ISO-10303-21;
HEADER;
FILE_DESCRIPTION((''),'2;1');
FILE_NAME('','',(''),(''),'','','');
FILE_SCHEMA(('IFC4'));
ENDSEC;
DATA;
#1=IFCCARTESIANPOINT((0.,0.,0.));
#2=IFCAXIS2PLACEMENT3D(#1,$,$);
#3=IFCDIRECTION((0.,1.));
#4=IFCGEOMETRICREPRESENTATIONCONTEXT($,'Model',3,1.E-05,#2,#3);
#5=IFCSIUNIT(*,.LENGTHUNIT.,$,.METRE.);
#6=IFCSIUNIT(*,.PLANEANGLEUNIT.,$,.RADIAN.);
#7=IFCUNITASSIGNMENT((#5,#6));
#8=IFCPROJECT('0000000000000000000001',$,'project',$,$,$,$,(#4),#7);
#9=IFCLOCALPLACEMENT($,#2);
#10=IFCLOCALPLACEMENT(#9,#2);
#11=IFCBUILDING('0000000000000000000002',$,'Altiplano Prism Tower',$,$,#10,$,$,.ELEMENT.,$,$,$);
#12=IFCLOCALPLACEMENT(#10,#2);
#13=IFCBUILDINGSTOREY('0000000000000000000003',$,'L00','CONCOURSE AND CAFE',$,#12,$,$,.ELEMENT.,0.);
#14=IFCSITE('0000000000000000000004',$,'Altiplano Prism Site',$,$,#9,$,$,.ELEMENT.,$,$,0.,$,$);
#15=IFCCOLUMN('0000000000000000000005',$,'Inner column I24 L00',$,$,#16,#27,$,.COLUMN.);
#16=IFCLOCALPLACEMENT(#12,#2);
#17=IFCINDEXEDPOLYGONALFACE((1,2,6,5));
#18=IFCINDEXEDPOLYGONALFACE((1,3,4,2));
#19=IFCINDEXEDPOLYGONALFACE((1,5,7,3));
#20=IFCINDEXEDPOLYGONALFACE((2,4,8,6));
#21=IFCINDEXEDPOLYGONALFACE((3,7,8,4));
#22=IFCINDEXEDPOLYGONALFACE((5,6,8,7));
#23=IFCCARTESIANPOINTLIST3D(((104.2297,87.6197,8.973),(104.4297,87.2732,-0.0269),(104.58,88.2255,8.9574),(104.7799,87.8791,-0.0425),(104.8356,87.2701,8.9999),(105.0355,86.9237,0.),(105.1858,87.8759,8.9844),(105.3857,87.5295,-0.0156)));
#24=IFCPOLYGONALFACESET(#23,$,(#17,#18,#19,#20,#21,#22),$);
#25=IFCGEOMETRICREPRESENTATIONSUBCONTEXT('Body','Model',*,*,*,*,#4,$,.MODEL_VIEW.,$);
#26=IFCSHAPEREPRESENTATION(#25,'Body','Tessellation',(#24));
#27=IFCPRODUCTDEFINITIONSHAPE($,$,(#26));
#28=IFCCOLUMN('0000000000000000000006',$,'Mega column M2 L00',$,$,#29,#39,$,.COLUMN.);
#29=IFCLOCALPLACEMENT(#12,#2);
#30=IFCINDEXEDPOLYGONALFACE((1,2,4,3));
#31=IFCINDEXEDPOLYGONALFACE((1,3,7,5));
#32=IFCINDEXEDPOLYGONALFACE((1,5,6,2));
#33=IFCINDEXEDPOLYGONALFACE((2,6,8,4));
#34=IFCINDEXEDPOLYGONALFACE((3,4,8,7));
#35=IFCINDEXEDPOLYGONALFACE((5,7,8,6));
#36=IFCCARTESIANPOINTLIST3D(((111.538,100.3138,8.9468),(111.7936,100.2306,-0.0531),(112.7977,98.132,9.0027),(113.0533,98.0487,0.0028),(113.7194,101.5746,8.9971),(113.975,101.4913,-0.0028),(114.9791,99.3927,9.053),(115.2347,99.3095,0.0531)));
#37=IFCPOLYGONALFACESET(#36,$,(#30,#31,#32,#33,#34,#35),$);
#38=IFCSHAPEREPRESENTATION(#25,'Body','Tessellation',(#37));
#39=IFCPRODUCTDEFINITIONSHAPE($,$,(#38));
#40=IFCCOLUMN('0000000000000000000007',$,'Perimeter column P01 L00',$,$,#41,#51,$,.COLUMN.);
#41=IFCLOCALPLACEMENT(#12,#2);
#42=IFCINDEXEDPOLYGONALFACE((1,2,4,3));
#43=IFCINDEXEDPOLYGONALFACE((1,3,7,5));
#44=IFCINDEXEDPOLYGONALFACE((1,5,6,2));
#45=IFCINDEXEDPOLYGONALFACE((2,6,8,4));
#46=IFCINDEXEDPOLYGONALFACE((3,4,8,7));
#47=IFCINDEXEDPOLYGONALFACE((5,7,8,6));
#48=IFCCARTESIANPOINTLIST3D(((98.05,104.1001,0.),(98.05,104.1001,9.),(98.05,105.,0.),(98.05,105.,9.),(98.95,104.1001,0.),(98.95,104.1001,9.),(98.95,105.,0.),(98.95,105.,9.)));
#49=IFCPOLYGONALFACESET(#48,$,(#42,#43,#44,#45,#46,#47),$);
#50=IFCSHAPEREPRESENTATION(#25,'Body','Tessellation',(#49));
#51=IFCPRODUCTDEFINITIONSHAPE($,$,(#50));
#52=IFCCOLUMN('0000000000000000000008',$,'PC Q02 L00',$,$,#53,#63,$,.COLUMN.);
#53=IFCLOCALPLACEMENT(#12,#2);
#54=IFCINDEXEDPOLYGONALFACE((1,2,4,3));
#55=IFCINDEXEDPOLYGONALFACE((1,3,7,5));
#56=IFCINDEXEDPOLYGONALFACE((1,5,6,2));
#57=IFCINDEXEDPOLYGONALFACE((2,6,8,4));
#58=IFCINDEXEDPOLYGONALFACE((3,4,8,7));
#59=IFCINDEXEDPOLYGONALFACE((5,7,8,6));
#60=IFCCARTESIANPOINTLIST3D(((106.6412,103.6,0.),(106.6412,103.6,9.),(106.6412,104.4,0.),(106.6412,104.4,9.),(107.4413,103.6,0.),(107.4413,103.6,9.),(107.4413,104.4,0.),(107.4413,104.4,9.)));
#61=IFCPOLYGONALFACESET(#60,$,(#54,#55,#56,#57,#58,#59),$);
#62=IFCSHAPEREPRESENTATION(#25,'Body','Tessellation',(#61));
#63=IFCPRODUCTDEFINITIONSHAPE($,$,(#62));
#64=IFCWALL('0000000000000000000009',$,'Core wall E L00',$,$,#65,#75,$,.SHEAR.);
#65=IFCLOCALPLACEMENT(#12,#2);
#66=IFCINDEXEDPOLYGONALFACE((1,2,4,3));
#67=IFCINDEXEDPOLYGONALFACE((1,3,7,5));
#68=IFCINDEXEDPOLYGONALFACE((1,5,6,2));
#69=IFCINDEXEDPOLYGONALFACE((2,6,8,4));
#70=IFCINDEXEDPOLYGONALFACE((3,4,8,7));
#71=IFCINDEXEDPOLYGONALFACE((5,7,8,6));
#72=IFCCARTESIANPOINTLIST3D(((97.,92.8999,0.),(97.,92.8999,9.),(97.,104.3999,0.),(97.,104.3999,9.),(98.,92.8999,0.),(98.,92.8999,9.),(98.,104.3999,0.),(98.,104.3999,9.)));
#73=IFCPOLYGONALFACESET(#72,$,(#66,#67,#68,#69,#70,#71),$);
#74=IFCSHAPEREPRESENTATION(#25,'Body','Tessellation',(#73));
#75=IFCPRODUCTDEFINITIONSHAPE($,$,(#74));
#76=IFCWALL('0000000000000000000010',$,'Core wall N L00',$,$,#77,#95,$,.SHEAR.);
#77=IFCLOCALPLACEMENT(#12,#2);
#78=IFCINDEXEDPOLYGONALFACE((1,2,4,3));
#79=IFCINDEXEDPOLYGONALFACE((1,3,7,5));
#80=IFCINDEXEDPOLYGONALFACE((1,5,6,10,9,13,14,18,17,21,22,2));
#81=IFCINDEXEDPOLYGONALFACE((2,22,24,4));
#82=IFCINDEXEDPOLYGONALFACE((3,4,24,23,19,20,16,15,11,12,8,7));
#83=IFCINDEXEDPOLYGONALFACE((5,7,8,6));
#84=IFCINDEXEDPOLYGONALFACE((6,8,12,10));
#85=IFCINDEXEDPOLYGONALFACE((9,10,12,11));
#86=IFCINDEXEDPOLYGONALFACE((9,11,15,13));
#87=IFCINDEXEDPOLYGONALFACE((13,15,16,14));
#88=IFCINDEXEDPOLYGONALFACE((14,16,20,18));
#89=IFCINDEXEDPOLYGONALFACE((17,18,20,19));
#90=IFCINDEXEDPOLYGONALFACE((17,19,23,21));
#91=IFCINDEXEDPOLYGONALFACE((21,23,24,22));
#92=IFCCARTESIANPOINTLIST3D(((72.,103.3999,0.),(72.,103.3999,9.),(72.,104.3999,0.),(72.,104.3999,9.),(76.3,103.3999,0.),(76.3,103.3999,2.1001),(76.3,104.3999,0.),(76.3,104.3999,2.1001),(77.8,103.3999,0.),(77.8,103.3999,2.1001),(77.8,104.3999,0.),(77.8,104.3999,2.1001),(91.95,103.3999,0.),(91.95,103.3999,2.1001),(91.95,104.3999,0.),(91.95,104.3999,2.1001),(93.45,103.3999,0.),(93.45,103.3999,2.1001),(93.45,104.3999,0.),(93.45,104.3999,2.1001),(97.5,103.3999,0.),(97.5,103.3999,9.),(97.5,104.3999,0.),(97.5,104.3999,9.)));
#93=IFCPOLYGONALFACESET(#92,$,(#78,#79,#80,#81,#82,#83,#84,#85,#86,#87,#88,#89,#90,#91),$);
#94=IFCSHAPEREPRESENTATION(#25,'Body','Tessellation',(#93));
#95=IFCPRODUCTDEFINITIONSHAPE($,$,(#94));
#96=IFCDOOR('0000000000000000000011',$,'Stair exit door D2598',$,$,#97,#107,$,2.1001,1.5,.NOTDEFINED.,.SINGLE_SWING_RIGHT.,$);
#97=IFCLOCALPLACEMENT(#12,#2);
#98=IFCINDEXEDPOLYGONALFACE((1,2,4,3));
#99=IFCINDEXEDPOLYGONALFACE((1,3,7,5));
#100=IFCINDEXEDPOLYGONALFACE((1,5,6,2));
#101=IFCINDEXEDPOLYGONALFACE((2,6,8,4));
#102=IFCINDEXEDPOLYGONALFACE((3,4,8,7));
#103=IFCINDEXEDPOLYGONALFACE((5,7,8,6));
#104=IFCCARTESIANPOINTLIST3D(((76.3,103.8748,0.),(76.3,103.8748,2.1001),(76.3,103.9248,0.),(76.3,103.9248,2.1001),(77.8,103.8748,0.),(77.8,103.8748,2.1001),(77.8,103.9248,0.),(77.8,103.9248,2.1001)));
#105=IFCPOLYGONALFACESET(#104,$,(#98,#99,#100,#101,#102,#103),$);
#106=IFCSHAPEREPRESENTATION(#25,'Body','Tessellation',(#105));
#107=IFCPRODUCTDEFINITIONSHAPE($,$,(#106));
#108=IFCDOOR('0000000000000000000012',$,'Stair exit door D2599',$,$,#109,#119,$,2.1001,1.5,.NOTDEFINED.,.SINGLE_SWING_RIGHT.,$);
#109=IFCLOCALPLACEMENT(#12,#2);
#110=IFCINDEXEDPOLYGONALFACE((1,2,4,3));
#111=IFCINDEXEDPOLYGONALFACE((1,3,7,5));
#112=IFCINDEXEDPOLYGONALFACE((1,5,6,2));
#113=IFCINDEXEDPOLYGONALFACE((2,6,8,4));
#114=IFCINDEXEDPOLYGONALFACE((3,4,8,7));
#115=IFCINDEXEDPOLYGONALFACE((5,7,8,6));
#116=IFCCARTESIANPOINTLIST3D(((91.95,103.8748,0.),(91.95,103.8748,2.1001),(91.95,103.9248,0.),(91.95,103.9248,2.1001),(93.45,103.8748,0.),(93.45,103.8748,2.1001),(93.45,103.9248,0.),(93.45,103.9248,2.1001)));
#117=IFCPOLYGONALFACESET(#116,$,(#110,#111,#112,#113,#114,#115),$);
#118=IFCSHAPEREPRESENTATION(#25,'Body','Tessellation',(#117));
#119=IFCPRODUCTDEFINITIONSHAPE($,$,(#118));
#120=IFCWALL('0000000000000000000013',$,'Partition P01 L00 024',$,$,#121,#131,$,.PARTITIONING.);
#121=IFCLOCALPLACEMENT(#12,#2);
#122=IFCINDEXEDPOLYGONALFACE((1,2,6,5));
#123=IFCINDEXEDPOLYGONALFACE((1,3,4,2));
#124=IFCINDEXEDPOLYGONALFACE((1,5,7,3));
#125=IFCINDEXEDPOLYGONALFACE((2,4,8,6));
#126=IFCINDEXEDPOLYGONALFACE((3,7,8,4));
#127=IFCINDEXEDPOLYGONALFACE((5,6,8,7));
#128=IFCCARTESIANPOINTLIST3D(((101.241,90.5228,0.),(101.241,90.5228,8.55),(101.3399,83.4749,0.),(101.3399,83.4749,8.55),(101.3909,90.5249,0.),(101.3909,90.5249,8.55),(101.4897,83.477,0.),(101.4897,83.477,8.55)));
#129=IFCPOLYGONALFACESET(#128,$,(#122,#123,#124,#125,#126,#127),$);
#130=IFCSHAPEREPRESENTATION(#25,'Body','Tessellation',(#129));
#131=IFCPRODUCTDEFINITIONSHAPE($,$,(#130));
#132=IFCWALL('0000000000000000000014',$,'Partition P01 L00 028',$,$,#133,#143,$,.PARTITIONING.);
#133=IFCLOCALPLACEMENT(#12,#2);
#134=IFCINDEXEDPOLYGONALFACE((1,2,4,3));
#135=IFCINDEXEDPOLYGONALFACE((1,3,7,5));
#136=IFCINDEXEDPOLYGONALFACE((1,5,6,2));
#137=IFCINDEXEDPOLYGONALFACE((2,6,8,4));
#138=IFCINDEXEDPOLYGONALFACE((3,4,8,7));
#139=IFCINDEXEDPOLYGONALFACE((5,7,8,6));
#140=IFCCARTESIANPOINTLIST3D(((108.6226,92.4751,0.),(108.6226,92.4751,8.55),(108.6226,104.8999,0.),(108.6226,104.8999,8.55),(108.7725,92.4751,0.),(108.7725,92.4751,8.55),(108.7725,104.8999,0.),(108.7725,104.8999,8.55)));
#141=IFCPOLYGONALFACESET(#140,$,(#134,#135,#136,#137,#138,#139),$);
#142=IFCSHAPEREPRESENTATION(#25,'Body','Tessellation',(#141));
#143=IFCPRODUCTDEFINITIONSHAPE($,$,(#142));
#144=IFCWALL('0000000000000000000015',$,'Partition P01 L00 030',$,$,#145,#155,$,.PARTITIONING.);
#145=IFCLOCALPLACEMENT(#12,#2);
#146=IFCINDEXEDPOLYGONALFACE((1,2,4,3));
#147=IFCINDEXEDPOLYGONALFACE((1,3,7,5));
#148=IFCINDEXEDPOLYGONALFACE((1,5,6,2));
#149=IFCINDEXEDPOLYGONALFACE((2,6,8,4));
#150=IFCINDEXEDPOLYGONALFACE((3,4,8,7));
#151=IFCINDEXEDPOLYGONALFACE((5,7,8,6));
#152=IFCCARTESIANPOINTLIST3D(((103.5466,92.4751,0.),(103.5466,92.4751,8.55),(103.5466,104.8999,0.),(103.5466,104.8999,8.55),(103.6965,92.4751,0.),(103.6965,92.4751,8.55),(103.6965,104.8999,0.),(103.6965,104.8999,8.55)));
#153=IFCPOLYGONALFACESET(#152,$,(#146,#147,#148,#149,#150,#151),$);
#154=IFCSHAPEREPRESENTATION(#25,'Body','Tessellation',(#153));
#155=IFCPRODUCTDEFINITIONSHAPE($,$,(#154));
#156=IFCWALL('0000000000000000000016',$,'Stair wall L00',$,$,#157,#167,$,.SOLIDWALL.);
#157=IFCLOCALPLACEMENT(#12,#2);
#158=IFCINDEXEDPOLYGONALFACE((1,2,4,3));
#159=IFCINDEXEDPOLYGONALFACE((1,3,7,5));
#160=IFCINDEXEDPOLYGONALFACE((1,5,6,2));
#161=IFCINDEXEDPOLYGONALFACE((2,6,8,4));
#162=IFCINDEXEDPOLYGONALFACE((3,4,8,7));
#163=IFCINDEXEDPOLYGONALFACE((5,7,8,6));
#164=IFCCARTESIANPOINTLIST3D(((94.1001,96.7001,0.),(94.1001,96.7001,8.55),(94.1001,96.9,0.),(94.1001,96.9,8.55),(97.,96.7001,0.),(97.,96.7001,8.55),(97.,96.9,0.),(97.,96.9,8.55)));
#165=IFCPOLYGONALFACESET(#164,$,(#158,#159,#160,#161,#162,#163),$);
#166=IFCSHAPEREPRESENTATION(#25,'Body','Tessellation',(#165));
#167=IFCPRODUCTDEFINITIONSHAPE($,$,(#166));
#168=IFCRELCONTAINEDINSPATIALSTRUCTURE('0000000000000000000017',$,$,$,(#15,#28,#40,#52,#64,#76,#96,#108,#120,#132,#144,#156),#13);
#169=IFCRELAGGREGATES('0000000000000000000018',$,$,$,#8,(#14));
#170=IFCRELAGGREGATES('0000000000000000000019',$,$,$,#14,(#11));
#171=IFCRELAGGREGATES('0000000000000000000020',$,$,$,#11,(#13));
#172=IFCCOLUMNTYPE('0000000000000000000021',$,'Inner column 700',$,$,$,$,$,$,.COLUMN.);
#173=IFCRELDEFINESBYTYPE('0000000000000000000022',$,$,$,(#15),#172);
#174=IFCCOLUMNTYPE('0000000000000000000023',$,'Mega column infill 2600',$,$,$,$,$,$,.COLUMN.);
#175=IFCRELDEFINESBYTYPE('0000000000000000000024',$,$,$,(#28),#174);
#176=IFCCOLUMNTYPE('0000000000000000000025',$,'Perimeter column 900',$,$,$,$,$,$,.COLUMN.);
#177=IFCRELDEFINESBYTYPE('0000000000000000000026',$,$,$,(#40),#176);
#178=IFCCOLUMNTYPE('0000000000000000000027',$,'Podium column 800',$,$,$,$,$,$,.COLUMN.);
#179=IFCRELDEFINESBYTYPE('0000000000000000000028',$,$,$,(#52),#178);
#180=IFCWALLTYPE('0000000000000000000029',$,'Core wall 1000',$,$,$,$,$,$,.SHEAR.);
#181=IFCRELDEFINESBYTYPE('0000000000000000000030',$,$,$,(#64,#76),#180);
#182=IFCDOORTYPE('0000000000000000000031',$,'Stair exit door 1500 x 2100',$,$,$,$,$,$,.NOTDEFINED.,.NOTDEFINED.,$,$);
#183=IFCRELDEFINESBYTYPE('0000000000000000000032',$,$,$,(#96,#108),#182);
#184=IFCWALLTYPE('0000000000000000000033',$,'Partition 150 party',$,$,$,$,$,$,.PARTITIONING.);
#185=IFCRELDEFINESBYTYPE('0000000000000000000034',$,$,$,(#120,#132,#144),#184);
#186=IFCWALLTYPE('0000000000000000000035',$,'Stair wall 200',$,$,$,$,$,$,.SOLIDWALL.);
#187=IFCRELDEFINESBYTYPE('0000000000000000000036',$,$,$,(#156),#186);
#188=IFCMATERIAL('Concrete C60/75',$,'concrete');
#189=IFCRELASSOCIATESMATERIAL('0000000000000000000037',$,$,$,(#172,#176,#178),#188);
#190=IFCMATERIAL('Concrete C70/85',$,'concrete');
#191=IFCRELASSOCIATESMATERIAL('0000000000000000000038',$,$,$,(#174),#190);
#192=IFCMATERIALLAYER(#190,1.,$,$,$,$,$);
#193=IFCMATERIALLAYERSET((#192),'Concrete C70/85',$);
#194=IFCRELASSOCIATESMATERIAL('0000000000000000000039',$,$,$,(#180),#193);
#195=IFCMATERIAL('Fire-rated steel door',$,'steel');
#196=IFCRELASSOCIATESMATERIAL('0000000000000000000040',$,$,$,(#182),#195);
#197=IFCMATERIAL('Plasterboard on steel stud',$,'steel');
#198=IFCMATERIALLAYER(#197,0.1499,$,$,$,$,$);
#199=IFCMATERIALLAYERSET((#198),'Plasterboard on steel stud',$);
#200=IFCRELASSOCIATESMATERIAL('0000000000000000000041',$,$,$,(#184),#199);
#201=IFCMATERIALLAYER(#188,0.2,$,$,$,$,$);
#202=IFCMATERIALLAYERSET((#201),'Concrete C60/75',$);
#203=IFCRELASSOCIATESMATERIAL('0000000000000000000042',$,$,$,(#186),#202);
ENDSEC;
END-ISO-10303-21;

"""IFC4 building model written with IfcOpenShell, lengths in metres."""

from ifc_helpers import new_model, si_unit, direction, frame, frame_2d, origin, origin_2d, place, context, subcontext, project, spatial, rectangle, extrude, material, layer, layer_set, material_profile, profile_set, type_object, element, fill, save


model = new_model("IFC4")

# Units and contexts
model_context = context("Model", 3, precision=1e-05, world=origin(), true_north=direction((0.0, 1.0)))
body_context = subcontext(model_context, "Body", "Model", "MODEL_VIEW")
ifc_project = project(units=[si_unit("LENGTHUNIT", "METRE"), si_unit("PLANEANGLEUNIT", "RADIAN")], contexts=[model_context])

# Site, building, storey
site_placement = place(None, origin())
site = spatial("IfcSite", under=ifc_project, at=site_placement, Name="Altiplano Prism Site", CompositionType="ELEMENT", RefElevation=0.0)
building_placement = place(site_placement, origin())
building = spatial("IfcBuilding", under=site, at=building_placement, Name="Altiplano Prism Tower", CompositionType="ELEMENT")
storey_placement = place(building_placement, origin())
storey = spatial("IfcBuildingStorey", under=building, at=storey_placement, Name="L00", Description="CONCOURSE AND CAFE", CompositionType="ELEMENT", Elevation=0.0)

# Columns
ifc_material_1 = material(Name="Concrete C60/75", Category="concrete")
ifc_material_profile_1 = material_profile(ifc_material_1, rectangle(XDim=0.7, YDim=0.7, at=origin_2d()), Name="Inner column 700")
ifc_profile_set_1 = profile_set([ifc_material_profile_1], Name="Concrete C60/75")
column_type_1 = type_object("IfcColumnType", Name="Inner column 700", PredefinedType="COLUMN", material=ifc_profile_set_1)
column_1_placement = place(storey_placement, frame((104.9077, 87.4014, -0.0212), z_axis=(-0.022195, 0.038455, 0.999014), x_axis=(-0.500365, -0.86553, 0.0222)))
element("IfcColumn", 1, at=column_1_placement, inside=storey, type_object=column_type_1, Name="Inner column I24 L00", PredefinedType="COLUMN", context=body_context, shape_type="SweptSolid", body=[
    extrude(rectangle(XDim=0.7, YDim=0.7, at=origin_2d()), origin(), (0.0, 0.0, 1.0), 9.0088),
])
ifc_material_2 = material(Name="Concrete C70/85", Category="concrete")
ifc_material_profile_2 = material_profile(ifc_material_2, rectangle(XDim=2.52, YDim=2.52, at=origin_2d()), Name="Mega column infill 2600")
ifc_profile_set_2 = profile_set([ifc_material_profile_2], Name="Concrete C70/85")
column_type_2 = type_object("IfcColumnType", Name="Mega column infill 2600", PredefinedType="COLUMN", material=ifc_profile_set_2)
column_2_placement = place(storey_placement, frame((113.5142, 99.77, 0.0), z_axis=(-0.028389, 0.009246, 0.999554), x_axis=(0.499889, -0.865805, 0.022207)))
element("IfcColumn", 2, at=column_2_placement, inside=storey, type_object=column_type_2, Name="Mega column M2 L00", PredefinedType="COLUMN", context=body_context, shape_type="SweptSolid", body=[
    extrude(rectangle(XDim=2.52, YDim=2.52, at=origin_2d()), origin(), (0.0, 0.0, 1.0), 9.0039),
])
ifc_material_profile_3 = material_profile(ifc_material_1, rectangle(XDim=0.8999, YDim=0.8999, at=origin_2d()), Name="Perimeter column 900")
ifc_profile_set_3 = profile_set([ifc_material_profile_3], Name="Concrete C60/75")
column_type_3 = type_object("IfcColumnType", Name="Perimeter column 900", PredefinedType="COLUMN", material=ifc_profile_set_3)
column_3_placement = place(storey_placement, frame((98.5, 104.55, 0.0), z_axis=(0.0, 0.0, 1.0), x_axis=(1.0, 0.0, 0.0)))
element("IfcColumn", 3, at=column_3_placement, inside=storey, type_object=column_type_3, Name="Perimeter column P01 L00", PredefinedType="COLUMN", context=body_context, shape_type="SweptSolid", body=[
    extrude(rectangle(XDim=0.8999, YDim=0.8999, at=origin_2d()), origin(), (0.0, 0.0, 1.0), 9.0),
])
ifc_material_profile_4 = material_profile(ifc_material_1, rectangle(XDim=0.8, YDim=0.8, at=origin_2d()), Name="Podium column 800")
ifc_profile_set_4 = profile_set([ifc_material_profile_4], Name="Concrete C60/75")
column_type_4 = type_object("IfcColumnType", Name="Podium column 800", PredefinedType="COLUMN", material=ifc_profile_set_4)
column_4_placement = place(storey_placement, frame((107.0413, 104.0, 0.0), z_axis=(0.0, 0.0, 1.0), x_axis=(1.0, 0.0, 0.0)))
element("IfcColumn", 4, at=column_4_placement, inside=storey, type_object=column_type_4, Name="PC Q02 L00", PredefinedType="COLUMN", context=body_context, shape_type="SweptSolid", body=[
    extrude(rectangle(XDim=0.8, YDim=0.8, at=origin_2d()), origin(), (0.0, 0.0, 1.0), 9.0),
])

# Wall
ifc_layer_1 = layer(ifc_material_2, 1.0)
ifc_layer_set_1 = layer_set([ifc_layer_1], Name="Concrete C70/85")
wall_type_1 = type_object("IfcWallType", Name="Core wall 1000", PredefinedType="SHEAR", material=ifc_layer_set_1)
wall_1_placement = place(storey_placement, frame((97.5, 92.8999, 0.0), z_axis=(0.0, 0.0, 1.0), x_axis=(0.0, 1.0, 0.0)))
element("IfcWall", 5, at=wall_1_placement, inside=storey, type_object=wall_type_1, Name="Core wall E L00", PredefinedType="SHEAR", context=body_context, shape_type="SweptSolid", body=[
    extrude(rectangle(XDim=11.5, YDim=1.0, at=frame_2d((5.75, 0.0))), origin(), (0.0, 0.0, 1.0), 9.0),
])

# Wall, openings, doors
wall_2_placement = place(storey_placement, frame((97.5, 103.8999, 0.0), z_axis=(0.0, 0.0, 1.0), x_axis=(-1.0, 0.0, 0.0)))
wall_2 = element("IfcWall", 6, at=wall_2_placement, inside=storey, type_object=wall_type_1, Name="Core wall N L00", PredefinedType="SHEAR", context=body_context, shape_type="SweptSolid", body=[
    extrude(rectangle(XDim=25.5, YDim=1.0, at=frame_2d((12.75, 0.0))), origin(), (0.0, 0.0, 1.0), 9.0),
])
opening_1_placement = place(wall_2_placement, frame((19.7, 0.0, 0.0)))
opening_1 = element("IfcOpeningElement", 7, at=opening_1_placement, cuts=wall_2, PredefinedType="OPENING", context=body_context, shape_type="SweptSolid", body=[
    extrude(rectangle(XDim=1.5, YDim=2.1001, at=frame_2d((0.75, 1.05))), frame((0.0, 0.5105, 0.0), z_axis=(0.0, -1.0, 0.0), x_axis=(1.0, 0.0, 0.0)), (0.0, 0.0, 1.0), 1.021),
])
opening_2_placement = place(wall_2_placement, frame((4.05, 0.0, 0.0)))
opening_2 = element("IfcOpeningElement", 8, at=opening_2_placement, cuts=wall_2, PredefinedType="OPENING", context=body_context, shape_type="SweptSolid", body=[
    extrude(rectangle(XDim=1.5, YDim=2.1001, at=frame_2d((0.75, 1.05))), frame((0.0, 0.5105, 0.0), z_axis=(0.0, -1.0, 0.0), x_axis=(1.0, 0.0, 0.0)), (0.0, 0.0, 1.0), 1.021),
])
ifc_material_3 = material(Name="Fire-rated steel door", Category="steel")
door_type = type_object("IfcDoorType", Name="Stair exit door 1500 x 2100", OperationType="NOTDEFINED", PredefinedType="NOTDEFINED", material=ifc_material_3)
door_1_placement = place(opening_1_placement, frame((1.5, 0.0, 0.0), z_axis=(0.0, 0.0, 1.0), x_axis=(-1.0, 0.0, 0.0)))
door_1 = element("IfcDoor", 9, at=door_1_placement, inside=storey, type_object=door_type, Name="Stair exit door D2598", OperationType="SINGLE_SWING_RIGHT", OverallHeight=2.1001, OverallWidth=1.5, PredefinedType="NOTDEFINED", context=body_context, shape_type="SweptSolid", body=[
    extrude(rectangle(XDim=1.5, YDim=2.1001, at=frame_2d((0.75, 1.05))), frame((0.0, 0.0249, 0.0), z_axis=(0.0, -1.0, 0.0), x_axis=(1.0, 0.0, 0.0)), (0.0, 0.0, 1.0), 0.05),
])
fill(opening_1, door_1)
door_2_placement = place(opening_2_placement, frame((1.5, 0.0, 0.0), z_axis=(0.0, 0.0, 1.0), x_axis=(-1.0, 0.0, 0.0)))
door_2 = element("IfcDoor", 10, at=door_2_placement, inside=storey, type_object=door_type, Name="Stair exit door D2599", OperationType="SINGLE_SWING_RIGHT", OverallHeight=2.1001, OverallWidth=1.5, PredefinedType="NOTDEFINED", context=body_context, shape_type="SweptSolid", body=[
    extrude(rectangle(XDim=1.5, YDim=2.1001, at=frame_2d((0.75, 1.05))), frame((0.0, 0.0249, 0.0), z_axis=(0.0, -1.0, 0.0), x_axis=(1.0, 0.0, 0.0)), (0.0, 0.0, 1.0), 0.05),
])
fill(opening_2, door_2)

# Walls
ifc_material_4 = material(Name="Plasterboard on steel stud", Category="steel")
ifc_layer_2 = layer(ifc_material_4, 0.1499)
ifc_layer_set_2 = layer_set([ifc_layer_2], Name="Plasterboard on steel stud")
wall_type_2 = type_object("IfcWallType", Name="Partition 150 party", PredefinedType="PARTITIONING", material=ifc_layer_set_2)
wall_3_placement = place(storey_placement, frame((101.3159, 90.5239, 0.0), z_axis=(0.0, 0.0, 1.0), x_axis=(0.014028, -0.999902, 0.0)))
element("IfcWall", 11, at=wall_3_placement, inside=storey, type_object=wall_type_2, Name="Partition P01 L00 024", PredefinedType="PARTITIONING", context=body_context, shape_type="SweptSolid", body=[
    extrude(rectangle(XDim=7.0486, YDim=0.1499, at=frame_2d((3.5244, 0.0))), origin(), (0.0, 0.0, 1.0), 8.55),
])
for number, where, z_axis, x_axis, name in (
    (12, (108.6975, 104.8999, 0.0), (0.0, 0.0, 1.0), (0.0, -1.0, 0.0), "Partition P01 L00 028"),
    (13, (103.6216, 92.4751, 0.0), (0.0, 0.0, 1.0), (0.0, 1.0, 0.0), "Partition P01 L00 030"),
):
    element("IfcWall", number, at=place(storey_placement, frame(where, z_axis=z_axis, x_axis=x_axis)), inside=storey, type_object=wall_type_2, Name=name, PredefinedType="PARTITIONING", context=body_context, shape_type="SweptSolid", body=[
        extrude(rectangle(XDim=12.4248, YDim=0.1499, at=frame_2d((6.2124, 0.0))), origin(), (0.0, 0.0, 1.0), 8.55),
    ])
ifc_layer_3 = layer(ifc_material_1, 0.2)
ifc_layer_set_3 = layer_set([ifc_layer_3], Name="Concrete C60/75")
wall_type_3 = type_object("IfcWallType", Name="Stair wall 200", PredefinedType="SOLIDWALL", material=ifc_layer_set_3)
wall_4_placement = place(storey_placement, frame((94.1001, 96.8, 0.0), z_axis=(0.0, 0.0, 1.0), x_axis=(1.0, 0.0, 0.0)))
element("IfcWall", 14, at=wall_4_placement, inside=storey, type_object=wall_type_3, Name="Stair wall L00", PredefinedType="SOLIDWALL", context=body_context, shape_type="SweptSolid", body=[
    extrude(rectangle(XDim=2.8999, YDim=0.2, at=frame_2d((1.45, 0.0))), origin(), (0.0, 0.0, 1.0), 8.55),
])

save(model, "model.ifc")
